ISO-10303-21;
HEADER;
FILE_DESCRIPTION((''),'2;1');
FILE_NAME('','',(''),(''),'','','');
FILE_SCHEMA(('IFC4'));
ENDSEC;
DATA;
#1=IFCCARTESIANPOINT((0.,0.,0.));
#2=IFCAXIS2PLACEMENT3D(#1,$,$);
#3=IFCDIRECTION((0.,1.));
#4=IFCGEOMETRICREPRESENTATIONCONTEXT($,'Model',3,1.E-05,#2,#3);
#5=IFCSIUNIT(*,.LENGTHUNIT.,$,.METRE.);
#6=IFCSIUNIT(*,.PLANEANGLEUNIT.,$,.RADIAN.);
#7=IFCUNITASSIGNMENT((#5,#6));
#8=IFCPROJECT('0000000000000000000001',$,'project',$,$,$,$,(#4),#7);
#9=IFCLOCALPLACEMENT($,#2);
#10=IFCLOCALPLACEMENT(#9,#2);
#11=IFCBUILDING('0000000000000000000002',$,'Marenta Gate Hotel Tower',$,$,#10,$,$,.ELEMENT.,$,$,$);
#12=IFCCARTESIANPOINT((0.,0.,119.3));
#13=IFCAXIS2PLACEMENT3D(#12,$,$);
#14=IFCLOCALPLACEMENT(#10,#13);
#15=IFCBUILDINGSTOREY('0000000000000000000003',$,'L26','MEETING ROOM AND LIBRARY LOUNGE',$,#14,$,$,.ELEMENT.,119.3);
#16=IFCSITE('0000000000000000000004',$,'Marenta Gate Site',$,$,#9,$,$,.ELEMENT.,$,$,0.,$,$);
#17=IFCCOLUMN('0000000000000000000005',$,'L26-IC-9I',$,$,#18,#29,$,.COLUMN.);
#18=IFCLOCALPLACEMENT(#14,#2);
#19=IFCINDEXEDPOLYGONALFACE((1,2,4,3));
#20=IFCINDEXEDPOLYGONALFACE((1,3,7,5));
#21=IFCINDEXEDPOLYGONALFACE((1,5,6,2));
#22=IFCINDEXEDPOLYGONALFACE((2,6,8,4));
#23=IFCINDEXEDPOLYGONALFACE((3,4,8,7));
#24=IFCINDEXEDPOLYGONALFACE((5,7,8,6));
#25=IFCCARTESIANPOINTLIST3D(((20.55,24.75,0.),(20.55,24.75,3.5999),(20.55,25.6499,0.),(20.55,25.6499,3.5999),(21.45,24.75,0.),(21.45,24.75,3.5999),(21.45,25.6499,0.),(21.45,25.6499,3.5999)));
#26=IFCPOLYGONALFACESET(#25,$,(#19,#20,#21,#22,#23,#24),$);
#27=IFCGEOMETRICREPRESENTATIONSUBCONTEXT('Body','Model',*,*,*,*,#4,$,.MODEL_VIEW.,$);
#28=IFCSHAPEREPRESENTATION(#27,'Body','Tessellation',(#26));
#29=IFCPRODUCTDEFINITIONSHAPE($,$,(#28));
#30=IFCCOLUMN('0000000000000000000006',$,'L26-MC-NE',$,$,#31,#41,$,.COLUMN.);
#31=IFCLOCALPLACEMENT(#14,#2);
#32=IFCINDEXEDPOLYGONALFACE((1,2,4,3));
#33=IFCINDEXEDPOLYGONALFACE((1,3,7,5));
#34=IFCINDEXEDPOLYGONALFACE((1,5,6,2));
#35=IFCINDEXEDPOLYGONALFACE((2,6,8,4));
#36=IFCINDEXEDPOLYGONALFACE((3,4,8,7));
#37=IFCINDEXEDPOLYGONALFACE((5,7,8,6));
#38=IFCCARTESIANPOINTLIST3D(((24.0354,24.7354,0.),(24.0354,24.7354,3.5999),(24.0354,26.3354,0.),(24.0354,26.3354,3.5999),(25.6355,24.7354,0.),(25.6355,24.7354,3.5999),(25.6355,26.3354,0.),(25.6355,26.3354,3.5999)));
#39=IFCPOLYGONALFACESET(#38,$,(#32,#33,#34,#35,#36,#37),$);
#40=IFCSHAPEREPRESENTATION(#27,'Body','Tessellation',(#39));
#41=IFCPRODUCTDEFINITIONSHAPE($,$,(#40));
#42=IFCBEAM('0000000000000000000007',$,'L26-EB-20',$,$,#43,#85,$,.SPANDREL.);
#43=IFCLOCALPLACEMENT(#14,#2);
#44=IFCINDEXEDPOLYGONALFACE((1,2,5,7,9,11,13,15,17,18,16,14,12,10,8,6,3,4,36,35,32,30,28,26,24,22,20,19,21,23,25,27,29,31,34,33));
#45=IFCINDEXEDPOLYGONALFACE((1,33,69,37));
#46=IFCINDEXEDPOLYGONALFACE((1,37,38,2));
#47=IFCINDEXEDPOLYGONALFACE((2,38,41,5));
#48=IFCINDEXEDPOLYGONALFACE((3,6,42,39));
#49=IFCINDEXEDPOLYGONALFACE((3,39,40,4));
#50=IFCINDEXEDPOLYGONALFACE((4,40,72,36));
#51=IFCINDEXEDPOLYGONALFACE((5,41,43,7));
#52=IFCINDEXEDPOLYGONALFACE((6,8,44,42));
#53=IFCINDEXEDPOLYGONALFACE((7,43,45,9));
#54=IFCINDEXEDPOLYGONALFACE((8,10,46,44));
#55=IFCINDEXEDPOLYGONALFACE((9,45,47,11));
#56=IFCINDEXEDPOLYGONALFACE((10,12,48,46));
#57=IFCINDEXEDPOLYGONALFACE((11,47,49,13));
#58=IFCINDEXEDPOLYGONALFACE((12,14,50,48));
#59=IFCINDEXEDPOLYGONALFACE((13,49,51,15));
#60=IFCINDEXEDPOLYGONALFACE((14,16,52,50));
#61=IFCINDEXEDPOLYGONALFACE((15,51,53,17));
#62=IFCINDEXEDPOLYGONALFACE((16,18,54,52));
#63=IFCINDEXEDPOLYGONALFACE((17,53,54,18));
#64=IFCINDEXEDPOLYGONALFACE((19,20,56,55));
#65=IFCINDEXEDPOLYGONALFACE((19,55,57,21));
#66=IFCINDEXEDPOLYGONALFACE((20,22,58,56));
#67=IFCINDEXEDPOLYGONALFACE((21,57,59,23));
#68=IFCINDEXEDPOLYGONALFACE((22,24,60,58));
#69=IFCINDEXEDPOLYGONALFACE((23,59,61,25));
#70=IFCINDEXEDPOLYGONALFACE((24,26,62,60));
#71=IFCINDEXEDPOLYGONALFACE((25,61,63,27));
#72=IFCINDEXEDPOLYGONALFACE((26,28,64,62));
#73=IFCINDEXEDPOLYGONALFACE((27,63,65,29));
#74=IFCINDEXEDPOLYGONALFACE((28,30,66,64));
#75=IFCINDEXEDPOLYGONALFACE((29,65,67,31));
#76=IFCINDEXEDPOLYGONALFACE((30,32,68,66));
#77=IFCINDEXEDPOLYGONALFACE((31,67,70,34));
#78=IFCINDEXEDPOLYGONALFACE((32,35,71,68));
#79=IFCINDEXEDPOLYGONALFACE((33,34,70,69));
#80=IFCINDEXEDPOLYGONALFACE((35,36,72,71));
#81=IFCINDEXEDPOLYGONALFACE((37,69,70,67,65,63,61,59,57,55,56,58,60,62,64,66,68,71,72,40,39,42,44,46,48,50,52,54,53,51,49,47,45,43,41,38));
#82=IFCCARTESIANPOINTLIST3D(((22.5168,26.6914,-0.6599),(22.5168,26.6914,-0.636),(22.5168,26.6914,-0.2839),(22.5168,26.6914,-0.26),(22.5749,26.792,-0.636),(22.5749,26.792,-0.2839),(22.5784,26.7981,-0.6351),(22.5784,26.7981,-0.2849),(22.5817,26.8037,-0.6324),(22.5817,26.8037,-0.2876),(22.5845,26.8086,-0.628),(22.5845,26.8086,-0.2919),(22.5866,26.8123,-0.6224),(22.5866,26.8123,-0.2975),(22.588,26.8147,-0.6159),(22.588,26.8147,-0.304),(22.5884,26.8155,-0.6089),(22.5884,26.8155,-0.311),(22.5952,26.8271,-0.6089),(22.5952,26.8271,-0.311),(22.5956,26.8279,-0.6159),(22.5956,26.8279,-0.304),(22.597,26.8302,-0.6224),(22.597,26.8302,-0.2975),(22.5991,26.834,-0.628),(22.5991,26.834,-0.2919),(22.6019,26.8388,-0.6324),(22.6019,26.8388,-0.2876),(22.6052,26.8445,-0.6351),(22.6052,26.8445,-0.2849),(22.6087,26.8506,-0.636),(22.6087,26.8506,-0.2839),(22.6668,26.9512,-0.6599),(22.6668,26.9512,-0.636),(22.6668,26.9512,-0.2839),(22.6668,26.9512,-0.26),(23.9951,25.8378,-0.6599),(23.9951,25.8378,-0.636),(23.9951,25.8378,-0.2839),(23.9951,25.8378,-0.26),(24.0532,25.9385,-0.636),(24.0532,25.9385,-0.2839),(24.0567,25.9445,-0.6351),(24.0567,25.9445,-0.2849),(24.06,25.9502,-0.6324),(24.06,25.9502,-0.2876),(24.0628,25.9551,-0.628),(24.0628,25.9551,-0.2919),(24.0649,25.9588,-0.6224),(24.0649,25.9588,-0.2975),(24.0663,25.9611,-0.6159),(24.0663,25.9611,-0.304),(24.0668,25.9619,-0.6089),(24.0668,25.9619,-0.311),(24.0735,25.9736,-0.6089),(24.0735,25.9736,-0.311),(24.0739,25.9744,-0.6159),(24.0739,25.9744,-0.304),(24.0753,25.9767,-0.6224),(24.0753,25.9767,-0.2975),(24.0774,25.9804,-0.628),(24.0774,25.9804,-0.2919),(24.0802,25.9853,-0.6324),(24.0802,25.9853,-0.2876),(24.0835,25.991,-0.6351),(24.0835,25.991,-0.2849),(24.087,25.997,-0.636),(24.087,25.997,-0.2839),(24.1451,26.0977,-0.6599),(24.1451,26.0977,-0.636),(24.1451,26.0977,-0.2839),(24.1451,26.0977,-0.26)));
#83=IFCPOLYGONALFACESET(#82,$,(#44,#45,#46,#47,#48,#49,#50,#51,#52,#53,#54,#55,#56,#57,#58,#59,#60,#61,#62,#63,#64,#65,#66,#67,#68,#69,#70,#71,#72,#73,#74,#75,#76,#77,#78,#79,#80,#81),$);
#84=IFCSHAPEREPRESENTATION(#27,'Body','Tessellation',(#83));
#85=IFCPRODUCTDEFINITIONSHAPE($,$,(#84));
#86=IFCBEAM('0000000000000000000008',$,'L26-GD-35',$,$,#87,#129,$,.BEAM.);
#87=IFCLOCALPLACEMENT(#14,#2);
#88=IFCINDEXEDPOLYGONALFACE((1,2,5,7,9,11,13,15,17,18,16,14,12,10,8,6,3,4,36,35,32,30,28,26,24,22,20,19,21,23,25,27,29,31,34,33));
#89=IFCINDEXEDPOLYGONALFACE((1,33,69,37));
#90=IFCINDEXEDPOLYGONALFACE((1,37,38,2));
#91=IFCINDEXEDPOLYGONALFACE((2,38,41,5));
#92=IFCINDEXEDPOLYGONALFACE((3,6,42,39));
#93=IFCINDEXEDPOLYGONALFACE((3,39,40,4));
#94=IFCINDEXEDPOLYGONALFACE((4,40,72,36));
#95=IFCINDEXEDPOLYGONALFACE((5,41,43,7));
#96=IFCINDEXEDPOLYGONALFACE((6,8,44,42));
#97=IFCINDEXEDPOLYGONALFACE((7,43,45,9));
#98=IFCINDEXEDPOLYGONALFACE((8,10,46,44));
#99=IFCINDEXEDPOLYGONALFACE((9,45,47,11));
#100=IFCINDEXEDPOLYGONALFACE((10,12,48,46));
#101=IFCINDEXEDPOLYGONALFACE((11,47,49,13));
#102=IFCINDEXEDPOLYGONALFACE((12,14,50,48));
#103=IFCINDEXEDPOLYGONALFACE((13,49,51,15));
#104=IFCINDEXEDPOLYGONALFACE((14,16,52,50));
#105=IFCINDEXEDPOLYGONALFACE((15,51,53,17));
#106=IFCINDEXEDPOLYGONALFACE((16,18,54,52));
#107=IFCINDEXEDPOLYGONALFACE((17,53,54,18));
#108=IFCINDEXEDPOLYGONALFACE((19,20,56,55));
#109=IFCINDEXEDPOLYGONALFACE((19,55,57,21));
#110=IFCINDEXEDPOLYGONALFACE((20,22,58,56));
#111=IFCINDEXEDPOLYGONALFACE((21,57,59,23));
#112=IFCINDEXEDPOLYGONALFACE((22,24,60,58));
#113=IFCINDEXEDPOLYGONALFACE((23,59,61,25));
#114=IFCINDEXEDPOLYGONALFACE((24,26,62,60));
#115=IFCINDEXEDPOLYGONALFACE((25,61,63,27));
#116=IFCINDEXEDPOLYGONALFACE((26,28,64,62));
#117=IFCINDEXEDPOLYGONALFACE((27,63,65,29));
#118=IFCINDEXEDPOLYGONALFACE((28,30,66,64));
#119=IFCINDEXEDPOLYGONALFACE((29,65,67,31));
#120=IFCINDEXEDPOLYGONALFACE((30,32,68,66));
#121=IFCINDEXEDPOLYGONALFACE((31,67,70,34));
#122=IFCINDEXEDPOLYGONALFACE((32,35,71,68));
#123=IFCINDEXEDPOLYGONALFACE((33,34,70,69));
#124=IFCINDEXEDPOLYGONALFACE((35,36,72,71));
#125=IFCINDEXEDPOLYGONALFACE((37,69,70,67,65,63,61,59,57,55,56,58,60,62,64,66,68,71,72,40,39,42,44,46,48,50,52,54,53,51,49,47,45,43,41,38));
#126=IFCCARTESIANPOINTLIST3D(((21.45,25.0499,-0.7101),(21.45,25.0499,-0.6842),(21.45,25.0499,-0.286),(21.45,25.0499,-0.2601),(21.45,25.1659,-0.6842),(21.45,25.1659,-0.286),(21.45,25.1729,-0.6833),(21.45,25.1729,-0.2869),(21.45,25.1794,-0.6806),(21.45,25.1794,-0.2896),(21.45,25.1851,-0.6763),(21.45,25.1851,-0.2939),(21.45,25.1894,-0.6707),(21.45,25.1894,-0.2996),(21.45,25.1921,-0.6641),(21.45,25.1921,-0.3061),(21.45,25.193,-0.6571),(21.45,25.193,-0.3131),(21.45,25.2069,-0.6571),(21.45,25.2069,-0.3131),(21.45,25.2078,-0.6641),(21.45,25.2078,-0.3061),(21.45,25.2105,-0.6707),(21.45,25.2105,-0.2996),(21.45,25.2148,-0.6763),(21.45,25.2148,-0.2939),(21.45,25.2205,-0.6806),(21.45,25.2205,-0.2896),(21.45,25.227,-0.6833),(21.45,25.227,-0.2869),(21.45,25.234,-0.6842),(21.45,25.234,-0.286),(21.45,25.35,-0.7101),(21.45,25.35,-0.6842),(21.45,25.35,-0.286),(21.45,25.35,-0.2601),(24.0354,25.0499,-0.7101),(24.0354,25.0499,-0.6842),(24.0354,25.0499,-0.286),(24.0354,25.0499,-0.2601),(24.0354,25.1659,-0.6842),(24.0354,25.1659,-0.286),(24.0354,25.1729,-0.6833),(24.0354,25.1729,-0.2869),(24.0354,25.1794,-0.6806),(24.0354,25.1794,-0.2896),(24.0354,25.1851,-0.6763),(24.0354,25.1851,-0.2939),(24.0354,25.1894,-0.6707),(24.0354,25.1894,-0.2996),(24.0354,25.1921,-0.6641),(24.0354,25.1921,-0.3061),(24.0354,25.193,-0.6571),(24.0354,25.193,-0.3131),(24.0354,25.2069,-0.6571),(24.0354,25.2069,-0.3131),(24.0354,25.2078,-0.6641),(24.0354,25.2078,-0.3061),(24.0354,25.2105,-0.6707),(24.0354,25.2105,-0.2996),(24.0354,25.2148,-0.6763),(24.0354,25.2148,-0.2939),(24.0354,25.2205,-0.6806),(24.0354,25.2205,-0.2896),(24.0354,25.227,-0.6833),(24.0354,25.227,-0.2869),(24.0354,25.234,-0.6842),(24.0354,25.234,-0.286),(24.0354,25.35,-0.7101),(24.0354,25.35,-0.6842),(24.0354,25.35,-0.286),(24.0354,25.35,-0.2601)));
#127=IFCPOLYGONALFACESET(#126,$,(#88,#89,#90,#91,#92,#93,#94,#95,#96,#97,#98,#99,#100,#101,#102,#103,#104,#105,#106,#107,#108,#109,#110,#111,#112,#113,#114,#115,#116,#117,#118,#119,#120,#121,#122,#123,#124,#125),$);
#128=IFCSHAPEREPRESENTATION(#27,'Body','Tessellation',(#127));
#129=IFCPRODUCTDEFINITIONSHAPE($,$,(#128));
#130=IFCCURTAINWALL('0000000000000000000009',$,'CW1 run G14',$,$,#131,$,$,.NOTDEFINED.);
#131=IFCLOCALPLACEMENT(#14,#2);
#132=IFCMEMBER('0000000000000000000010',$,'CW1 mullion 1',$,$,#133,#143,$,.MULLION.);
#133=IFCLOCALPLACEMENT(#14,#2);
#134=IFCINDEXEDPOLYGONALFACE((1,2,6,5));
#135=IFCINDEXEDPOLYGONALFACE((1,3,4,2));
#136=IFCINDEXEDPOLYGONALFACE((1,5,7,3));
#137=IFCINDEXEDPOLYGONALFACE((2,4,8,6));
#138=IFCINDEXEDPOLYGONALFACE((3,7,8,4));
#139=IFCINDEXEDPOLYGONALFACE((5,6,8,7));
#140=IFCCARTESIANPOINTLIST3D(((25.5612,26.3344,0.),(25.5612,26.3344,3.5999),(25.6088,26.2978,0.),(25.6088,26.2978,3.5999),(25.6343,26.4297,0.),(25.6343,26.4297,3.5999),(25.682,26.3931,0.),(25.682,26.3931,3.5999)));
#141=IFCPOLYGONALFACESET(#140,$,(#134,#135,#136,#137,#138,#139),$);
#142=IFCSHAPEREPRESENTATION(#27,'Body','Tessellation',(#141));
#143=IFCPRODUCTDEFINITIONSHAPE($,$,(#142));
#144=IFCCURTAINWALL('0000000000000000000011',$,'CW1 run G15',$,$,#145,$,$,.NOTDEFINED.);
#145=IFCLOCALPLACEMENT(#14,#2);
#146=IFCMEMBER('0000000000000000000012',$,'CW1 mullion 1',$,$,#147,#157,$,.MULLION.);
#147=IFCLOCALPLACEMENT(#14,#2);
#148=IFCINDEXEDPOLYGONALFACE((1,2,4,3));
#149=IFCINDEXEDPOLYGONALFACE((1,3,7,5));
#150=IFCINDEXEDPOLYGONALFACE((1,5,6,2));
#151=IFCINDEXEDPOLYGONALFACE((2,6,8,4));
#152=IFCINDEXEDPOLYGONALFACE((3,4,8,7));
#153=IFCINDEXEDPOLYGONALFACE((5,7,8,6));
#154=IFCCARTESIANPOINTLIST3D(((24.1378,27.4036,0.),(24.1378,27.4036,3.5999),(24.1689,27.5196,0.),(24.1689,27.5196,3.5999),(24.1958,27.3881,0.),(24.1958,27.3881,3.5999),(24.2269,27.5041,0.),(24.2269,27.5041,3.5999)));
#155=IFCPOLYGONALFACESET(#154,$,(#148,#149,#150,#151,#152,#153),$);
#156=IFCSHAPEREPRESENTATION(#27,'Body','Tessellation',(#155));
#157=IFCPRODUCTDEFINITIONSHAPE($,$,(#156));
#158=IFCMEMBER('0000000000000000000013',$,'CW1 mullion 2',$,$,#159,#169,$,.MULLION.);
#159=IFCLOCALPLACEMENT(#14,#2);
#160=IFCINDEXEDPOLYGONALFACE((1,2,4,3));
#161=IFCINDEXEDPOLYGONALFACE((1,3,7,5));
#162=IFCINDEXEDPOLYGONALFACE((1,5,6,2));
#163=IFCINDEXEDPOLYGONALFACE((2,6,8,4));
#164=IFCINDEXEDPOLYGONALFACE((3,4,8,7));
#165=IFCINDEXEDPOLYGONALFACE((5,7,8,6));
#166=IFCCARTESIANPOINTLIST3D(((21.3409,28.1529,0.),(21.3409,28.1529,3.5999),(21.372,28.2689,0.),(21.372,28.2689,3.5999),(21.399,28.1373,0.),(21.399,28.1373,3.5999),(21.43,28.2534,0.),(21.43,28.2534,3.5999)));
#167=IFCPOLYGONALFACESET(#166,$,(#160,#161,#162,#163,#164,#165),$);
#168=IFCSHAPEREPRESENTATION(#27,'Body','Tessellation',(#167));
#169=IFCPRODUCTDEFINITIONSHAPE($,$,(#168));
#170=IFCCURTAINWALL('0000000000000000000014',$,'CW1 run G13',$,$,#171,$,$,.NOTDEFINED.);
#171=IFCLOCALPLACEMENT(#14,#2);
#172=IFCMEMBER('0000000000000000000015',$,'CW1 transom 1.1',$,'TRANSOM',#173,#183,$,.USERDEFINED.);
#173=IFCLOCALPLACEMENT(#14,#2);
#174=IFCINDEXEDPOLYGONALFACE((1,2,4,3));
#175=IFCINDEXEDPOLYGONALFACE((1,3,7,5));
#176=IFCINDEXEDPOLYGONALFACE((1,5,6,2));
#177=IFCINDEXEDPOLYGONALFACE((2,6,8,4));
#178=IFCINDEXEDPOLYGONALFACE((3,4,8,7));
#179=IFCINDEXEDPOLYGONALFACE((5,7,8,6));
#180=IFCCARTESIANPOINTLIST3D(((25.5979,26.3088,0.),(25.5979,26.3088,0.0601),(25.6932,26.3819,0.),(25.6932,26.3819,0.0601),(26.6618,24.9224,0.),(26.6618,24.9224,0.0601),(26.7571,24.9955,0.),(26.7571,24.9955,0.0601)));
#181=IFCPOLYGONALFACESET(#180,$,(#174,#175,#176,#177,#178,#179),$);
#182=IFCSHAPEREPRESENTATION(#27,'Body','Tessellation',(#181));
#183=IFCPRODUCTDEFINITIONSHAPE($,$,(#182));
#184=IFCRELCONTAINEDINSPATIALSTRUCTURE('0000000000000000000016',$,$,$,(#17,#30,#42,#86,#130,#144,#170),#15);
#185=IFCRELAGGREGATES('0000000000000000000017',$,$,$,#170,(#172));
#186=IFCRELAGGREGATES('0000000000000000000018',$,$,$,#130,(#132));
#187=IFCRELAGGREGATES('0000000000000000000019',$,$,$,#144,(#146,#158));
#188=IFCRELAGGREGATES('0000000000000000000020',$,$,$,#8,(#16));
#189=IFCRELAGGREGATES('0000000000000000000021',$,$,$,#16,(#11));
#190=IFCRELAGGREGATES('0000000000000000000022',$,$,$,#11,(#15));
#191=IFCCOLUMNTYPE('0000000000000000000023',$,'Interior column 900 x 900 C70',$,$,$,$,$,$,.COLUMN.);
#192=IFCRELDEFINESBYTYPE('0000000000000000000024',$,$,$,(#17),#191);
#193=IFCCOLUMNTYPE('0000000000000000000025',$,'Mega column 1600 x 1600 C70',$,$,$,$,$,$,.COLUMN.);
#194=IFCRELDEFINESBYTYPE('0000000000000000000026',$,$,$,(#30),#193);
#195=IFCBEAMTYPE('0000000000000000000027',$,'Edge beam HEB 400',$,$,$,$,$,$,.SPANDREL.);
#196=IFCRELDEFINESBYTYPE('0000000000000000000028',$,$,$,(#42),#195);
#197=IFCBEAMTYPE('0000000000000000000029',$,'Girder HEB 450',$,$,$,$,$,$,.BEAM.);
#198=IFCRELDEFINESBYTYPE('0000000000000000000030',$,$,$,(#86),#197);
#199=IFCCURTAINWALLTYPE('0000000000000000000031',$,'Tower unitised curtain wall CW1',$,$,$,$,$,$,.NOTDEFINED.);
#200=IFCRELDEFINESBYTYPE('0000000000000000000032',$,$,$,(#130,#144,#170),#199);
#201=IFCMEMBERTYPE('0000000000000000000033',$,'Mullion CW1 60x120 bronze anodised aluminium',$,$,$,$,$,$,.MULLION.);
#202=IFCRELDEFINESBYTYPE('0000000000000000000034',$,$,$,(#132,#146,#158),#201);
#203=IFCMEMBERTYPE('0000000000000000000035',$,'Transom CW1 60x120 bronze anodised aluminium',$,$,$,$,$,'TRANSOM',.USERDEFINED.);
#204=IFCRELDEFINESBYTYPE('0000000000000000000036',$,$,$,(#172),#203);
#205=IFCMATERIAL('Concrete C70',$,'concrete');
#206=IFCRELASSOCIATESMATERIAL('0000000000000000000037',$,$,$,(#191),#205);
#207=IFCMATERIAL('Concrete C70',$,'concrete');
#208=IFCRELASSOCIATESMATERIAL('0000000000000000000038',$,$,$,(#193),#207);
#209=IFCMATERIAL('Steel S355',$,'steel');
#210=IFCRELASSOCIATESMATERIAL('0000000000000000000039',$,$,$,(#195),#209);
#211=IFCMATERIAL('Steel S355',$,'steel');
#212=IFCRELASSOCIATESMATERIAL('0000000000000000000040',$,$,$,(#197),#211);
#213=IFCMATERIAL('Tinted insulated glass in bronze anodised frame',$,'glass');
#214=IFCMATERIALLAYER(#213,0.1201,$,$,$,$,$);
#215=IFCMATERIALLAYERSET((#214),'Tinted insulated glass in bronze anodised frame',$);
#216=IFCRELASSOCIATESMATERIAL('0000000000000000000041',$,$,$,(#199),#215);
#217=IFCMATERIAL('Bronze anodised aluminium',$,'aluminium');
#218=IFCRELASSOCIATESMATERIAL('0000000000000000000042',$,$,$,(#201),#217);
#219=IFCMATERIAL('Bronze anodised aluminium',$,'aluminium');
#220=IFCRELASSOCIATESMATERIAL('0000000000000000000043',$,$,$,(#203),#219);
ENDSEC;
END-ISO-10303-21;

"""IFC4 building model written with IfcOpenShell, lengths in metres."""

from ifc_helpers import new_model, si_unit, direction, frame, origin, origin_2d, place, context, subcontext, project, spatial, rectangle, i_section, extrude, material, layer, layer_set, material_profile, profile_set, type_object, element, aggregate, save


model = new_model("IFC4")

# Units and contexts
model_context = context("Model", 3, precision=1e-05, world=origin(), true_north=direction((0.0, 1.0)))
body_context = subcontext(model_context, "Body", "Model", "MODEL_VIEW")
ifc_project = project(units=[si_unit("LENGTHUNIT", "METRE"), si_unit("PLANEANGLEUNIT", "RADIAN")], contexts=[model_context])

# Site, building, storey
site_placement = place(None, origin())
site = spatial("IfcSite", under=ifc_project, at=site_placement, Name="Marenta Gate Site", CompositionType="ELEMENT", RefElevation=0.0)
building_placement = place(site_placement, origin())
building = spatial("IfcBuilding", under=site, at=building_placement, Name="Marenta Gate Hotel Tower", CompositionType="ELEMENT")
storey_placement = place(building_placement, frame((0.0, 0.0, 119.3)))
storey = spatial("IfcBuildingStorey", under=building, at=storey_placement, Name="L26", Description="MEETING ROOM AND LIBRARY LOUNGE", CompositionType="ELEMENT", Elevation=119.3)

# Columns
ifc_material_1 = material(Name="Concrete C70", Category="concrete")
ifc_material_profile_1 = material_profile(ifc_material_1, rectangle(XDim=0.8999, YDim=0.8999, at=origin_2d()), Name="900 x 900")
ifc_profile_set_1 = profile_set([ifc_material_profile_1], Name="Concrete C70")
column_type_1 = type_object("IfcColumnType", Name="Interior column 900 x 900 C70", PredefinedType="COLUMN", material=ifc_profile_set_1)
column_1_placement = place(storey_placement, frame((21.0, 25.2, 0.0), z_axis=(0.0, 0.0, 1.0), x_axis=(1.0, 0.0, 0.0)))
element("IfcColumn", 1, at=column_1_placement, inside=storey, type_object=column_type_1, Name="L26-IC-9I", PredefinedType="COLUMN", context=body_context, shape_type="SweptSolid", body=[
    extrude(rectangle(XDim=0.8999, YDim=0.8999, at=origin_2d()), origin(), (0.0, 0.0, 1.0), 3.5999),
])
ifc_material_2 = material(Name="Concrete C70", Category="concrete")
ifc_material_profile_2 = material_profile(ifc_material_2, rectangle(XDim=1.6001, YDim=1.6001, at=origin_2d()), Name="1600 x 1600")
ifc_profile_set_2 = profile_set([ifc_material_profile_2], Name="Concrete C70")
column_type_2 = type_object("IfcColumnType", Name="Mega column 1600 x 1600 C70", PredefinedType="COLUMN", material=ifc_profile_set_2)
column_2_placement = place(storey_placement, frame((24.8354, 25.5354, 0.0), z_axis=(0.0, 0.0, 1.0), x_axis=(1.0, 0.0, 0.0)))
element("IfcColumn", 2, at=column_2_placement, inside=storey, type_object=column_type_2, Name="L26-MC-NE", PredefinedType="COLUMN", context=body_context, shape_type="SweptSolid", body=[
    extrude(rectangle(XDim=1.6001, YDim=1.6001, at=origin_2d()), origin(), (0.0, 0.0, 1.0), 3.5999),
])

# Beams
ifc_material_3 = material(Name="Steel S355", Category="steel")
ifc_material_profile_3 = material_profile(ifc_material_3, i_section(OverallWidth=0.3, OverallDepth=0.3999, WebThickness=0.0134, FlangeThickness=0.0239, FilletRadius=0.0271, at=origin_2d()), Name="HEB 400")
ifc_profile_set_3 = profile_set([ifc_material_profile_3], Name="Steel S355")
beam_type_1 = type_object("IfcBeamType", Name="Edge beam HEB 400", PredefinedType="SPANDREL", material=ifc_profile_set_3)
beam_1_placement = place(storey_placement, frame((22.5918, 26.8213, -0.46), z_axis=(0.866016, -0.500015, 0.0), x_axis=(0.500015, 0.866016, 0.0)))
element("IfcBeam", 3, at=beam_1_placement, inside=storey, type_object=beam_type_1, Name="L26-EB-20", PredefinedType="SPANDREL", context=body_context, shape_type="SweptSolid", body=[
    extrude(i_section(OverallWidth=0.3, OverallDepth=0.3999, WebThickness=0.0134, FlangeThickness=0.0239, FilletRadius=0.0271, at=origin_2d()), origin(), (0.0, 0.0, 1.0), 1.707),
])
ifc_material_4 = material(Name="Steel S355", Category="steel")
ifc_material_profile_4 = material_profile(ifc_material_4, i_section(OverallWidth=0.3, OverallDepth=0.45, WebThickness=0.0139, FlangeThickness=0.0259, FilletRadius=0.0271, at=origin_2d()), Name="HEB 450")
ifc_profile_set_4 = profile_set([ifc_material_profile_4], Name="Steel S355")
beam_type_2 = type_object("IfcBeamType", Name="Girder HEB 450", PredefinedType="BEAM", material=ifc_profile_set_4)
beam_2_placement = place(storey_placement, frame((21.45, 25.2, -0.4851), z_axis=(1.0, 0.0, 0.0), x_axis=(0.0, 1.0, 0.0)))
element("IfcBeam", 4, at=beam_2_placement, inside=storey, type_object=beam_type_2, Name="L26-GD-35", PredefinedType="BEAM", context=body_context, shape_type="SweptSolid", body=[
    extrude(i_section(OverallWidth=0.3, OverallDepth=0.45, WebThickness=0.0139, FlangeThickness=0.0259, FilletRadius=0.0271, at=origin_2d()), origin(), (0.0, 0.0, 1.0), 2.5854),
])

# Curtain wall, member
ifc_material_5 = material(Name="Tinted insulated glass in bronze anodised frame", Category="glass")
ifc_layer_1 = layer(ifc_material_5, 0.1201)
ifc_layer_set_1 = layer_set([ifc_layer_1], Name="Tinted insulated glass in bronze anodised frame")
curtain_wall_type = type_object("IfcCurtainWallType", Name="Tower unitised curtain wall CW1", PredefinedType="NOTDEFINED", material=ifc_layer_set_1)
curtain_wall_1_placement = place(storey_placement, origin())
curtain_wall_1 = element("IfcCurtainWall", 5, at=curtain_wall_1_placement, inside=storey, type_object=curtain_wall_type, Name="CW1 run G14", PredefinedType="NOTDEFINED")
ifc_material_6 = material(Name="Bronze anodised aluminium", Category="aluminium")
ifc_material_profile_5 = material_profile(ifc_material_6, rectangle(XDim=0.1201, YDim=0.0601, at=origin_2d()), Name="Mullion CW1 60x120 bronze anodised aluminium")
ifc_profile_set_5 = profile_set([ifc_material_profile_5], Name="Bronze anodised aluminium")
member_type_1 = type_object("IfcMemberType", Name="Mullion CW1 60x120 bronze anodised aluminium", PredefinedType="MULLION", material=ifc_profile_set_5)
member_1_placement = place(storey_placement, frame((25.6216, 26.3638, 0.0), z_axis=(0.0, 0.0, 1.0), x_axis=(-0.608796, -0.793327, 0.0)))
member_1 = element("IfcMember", 6, at=member_1_placement, type_object=member_type_1, Name="CW1 mullion 1", PredefinedType="MULLION", context=body_context, shape_type="SweptSolid", body=[
    extrude(rectangle(XDim=0.1201, YDim=0.0601, at=origin_2d()), origin(), (0.0, 0.0, 1.0), 3.5999),
])

# Curtain wall, members
curtain_wall_2_placement = place(storey_placement, origin())
curtain_wall_2 = element("IfcCurtainWall", 7, at=curtain_wall_2_placement, inside=storey, type_object=curtain_wall_type, Name="CW1 run G15", PredefinedType="NOTDEFINED")
member_2_placement = place(storey_placement, frame((24.1824, 27.4539, 0.0), z_axis=(0.0, 0.0, 1.0), x_axis=(-0.258806, -0.965929, 0.0)))
member_2 = element("IfcMember", 8, at=member_2_placement, type_object=member_type_1, Name="CW1 mullion 1", PredefinedType="MULLION", context=body_context, shape_type="SweptSolid", body=[
    extrude(rectangle(XDim=0.1201, YDim=0.0601, at=origin_2d()), origin(), (0.0, 0.0, 1.0), 3.5999),
])
member_3_placement = place(storey_placement, frame((21.3855, 28.2031, 0.0), z_axis=(0.0, 0.0, 1.0), x_axis=(-0.258806, -0.965929, 0.0)))
member_3 = element("IfcMember", 9, at=member_3_placement, type_object=member_type_1, Name="CW1 mullion 2", PredefinedType="MULLION", context=body_context, shape_type="SweptSolid", body=[
    extrude(rectangle(XDim=0.1201, YDim=0.0601, at=origin_2d()), origin(), (0.0, 0.0, 1.0), 3.5999),
])

# Curtain wall, member
curtain_wall_3_placement = place(storey_placement, origin())
curtain_wall_3 = element("IfcCurtainWall", 10, at=curtain_wall_3_placement, inside=storey, type_object=curtain_wall_type, Name="CW1 run G13", PredefinedType="NOTDEFINED")
ifc_material_7 = material(Name="Bronze anodised aluminium", Category="aluminium")
ifc_material_profile_6 = material_profile(ifc_material_7, rectangle(XDim=0.1201, YDim=0.0601, at=origin_2d()), Name="Transom CW1 60x120 bronze anodised aluminium")
ifc_profile_set_6 = profile_set([ifc_material_profile_6], Name="Bronze anodised aluminium")
member_type_2 = type_object("IfcMemberType", Name="Transom CW1 60x120 bronze anodised aluminium", ElementType="TRANSOM", PredefinedType="USERDEFINED", material=ifc_profile_set_6)
member_4_placement = place(storey_placement, frame((26.7095, 24.959, 0.03), z_axis=(-0.608792, 0.79333, 0.0), x_axis=(-0.79333, -0.608792, 0.0)))
member_4 = element("IfcMember", 11, at=member_4_placement, type_object=member_type_2, Name="CW1 transom 1.1", ObjectType="TRANSOM", PredefinedType="USERDEFINED", context=body_context, shape_type="SweptSolid", body=[
    extrude(rectangle(XDim=0.1201, YDim=0.0601, at=origin_2d()), origin(), (0.0, 0.0, 1.0), 1.7476),
])

aggregate(curtain_wall_3, [member_4])
aggregate(curtain_wall_1, [member_1])
aggregate(curtain_wall_2, [member_2, member_3])

save(model, "model.ifc")
